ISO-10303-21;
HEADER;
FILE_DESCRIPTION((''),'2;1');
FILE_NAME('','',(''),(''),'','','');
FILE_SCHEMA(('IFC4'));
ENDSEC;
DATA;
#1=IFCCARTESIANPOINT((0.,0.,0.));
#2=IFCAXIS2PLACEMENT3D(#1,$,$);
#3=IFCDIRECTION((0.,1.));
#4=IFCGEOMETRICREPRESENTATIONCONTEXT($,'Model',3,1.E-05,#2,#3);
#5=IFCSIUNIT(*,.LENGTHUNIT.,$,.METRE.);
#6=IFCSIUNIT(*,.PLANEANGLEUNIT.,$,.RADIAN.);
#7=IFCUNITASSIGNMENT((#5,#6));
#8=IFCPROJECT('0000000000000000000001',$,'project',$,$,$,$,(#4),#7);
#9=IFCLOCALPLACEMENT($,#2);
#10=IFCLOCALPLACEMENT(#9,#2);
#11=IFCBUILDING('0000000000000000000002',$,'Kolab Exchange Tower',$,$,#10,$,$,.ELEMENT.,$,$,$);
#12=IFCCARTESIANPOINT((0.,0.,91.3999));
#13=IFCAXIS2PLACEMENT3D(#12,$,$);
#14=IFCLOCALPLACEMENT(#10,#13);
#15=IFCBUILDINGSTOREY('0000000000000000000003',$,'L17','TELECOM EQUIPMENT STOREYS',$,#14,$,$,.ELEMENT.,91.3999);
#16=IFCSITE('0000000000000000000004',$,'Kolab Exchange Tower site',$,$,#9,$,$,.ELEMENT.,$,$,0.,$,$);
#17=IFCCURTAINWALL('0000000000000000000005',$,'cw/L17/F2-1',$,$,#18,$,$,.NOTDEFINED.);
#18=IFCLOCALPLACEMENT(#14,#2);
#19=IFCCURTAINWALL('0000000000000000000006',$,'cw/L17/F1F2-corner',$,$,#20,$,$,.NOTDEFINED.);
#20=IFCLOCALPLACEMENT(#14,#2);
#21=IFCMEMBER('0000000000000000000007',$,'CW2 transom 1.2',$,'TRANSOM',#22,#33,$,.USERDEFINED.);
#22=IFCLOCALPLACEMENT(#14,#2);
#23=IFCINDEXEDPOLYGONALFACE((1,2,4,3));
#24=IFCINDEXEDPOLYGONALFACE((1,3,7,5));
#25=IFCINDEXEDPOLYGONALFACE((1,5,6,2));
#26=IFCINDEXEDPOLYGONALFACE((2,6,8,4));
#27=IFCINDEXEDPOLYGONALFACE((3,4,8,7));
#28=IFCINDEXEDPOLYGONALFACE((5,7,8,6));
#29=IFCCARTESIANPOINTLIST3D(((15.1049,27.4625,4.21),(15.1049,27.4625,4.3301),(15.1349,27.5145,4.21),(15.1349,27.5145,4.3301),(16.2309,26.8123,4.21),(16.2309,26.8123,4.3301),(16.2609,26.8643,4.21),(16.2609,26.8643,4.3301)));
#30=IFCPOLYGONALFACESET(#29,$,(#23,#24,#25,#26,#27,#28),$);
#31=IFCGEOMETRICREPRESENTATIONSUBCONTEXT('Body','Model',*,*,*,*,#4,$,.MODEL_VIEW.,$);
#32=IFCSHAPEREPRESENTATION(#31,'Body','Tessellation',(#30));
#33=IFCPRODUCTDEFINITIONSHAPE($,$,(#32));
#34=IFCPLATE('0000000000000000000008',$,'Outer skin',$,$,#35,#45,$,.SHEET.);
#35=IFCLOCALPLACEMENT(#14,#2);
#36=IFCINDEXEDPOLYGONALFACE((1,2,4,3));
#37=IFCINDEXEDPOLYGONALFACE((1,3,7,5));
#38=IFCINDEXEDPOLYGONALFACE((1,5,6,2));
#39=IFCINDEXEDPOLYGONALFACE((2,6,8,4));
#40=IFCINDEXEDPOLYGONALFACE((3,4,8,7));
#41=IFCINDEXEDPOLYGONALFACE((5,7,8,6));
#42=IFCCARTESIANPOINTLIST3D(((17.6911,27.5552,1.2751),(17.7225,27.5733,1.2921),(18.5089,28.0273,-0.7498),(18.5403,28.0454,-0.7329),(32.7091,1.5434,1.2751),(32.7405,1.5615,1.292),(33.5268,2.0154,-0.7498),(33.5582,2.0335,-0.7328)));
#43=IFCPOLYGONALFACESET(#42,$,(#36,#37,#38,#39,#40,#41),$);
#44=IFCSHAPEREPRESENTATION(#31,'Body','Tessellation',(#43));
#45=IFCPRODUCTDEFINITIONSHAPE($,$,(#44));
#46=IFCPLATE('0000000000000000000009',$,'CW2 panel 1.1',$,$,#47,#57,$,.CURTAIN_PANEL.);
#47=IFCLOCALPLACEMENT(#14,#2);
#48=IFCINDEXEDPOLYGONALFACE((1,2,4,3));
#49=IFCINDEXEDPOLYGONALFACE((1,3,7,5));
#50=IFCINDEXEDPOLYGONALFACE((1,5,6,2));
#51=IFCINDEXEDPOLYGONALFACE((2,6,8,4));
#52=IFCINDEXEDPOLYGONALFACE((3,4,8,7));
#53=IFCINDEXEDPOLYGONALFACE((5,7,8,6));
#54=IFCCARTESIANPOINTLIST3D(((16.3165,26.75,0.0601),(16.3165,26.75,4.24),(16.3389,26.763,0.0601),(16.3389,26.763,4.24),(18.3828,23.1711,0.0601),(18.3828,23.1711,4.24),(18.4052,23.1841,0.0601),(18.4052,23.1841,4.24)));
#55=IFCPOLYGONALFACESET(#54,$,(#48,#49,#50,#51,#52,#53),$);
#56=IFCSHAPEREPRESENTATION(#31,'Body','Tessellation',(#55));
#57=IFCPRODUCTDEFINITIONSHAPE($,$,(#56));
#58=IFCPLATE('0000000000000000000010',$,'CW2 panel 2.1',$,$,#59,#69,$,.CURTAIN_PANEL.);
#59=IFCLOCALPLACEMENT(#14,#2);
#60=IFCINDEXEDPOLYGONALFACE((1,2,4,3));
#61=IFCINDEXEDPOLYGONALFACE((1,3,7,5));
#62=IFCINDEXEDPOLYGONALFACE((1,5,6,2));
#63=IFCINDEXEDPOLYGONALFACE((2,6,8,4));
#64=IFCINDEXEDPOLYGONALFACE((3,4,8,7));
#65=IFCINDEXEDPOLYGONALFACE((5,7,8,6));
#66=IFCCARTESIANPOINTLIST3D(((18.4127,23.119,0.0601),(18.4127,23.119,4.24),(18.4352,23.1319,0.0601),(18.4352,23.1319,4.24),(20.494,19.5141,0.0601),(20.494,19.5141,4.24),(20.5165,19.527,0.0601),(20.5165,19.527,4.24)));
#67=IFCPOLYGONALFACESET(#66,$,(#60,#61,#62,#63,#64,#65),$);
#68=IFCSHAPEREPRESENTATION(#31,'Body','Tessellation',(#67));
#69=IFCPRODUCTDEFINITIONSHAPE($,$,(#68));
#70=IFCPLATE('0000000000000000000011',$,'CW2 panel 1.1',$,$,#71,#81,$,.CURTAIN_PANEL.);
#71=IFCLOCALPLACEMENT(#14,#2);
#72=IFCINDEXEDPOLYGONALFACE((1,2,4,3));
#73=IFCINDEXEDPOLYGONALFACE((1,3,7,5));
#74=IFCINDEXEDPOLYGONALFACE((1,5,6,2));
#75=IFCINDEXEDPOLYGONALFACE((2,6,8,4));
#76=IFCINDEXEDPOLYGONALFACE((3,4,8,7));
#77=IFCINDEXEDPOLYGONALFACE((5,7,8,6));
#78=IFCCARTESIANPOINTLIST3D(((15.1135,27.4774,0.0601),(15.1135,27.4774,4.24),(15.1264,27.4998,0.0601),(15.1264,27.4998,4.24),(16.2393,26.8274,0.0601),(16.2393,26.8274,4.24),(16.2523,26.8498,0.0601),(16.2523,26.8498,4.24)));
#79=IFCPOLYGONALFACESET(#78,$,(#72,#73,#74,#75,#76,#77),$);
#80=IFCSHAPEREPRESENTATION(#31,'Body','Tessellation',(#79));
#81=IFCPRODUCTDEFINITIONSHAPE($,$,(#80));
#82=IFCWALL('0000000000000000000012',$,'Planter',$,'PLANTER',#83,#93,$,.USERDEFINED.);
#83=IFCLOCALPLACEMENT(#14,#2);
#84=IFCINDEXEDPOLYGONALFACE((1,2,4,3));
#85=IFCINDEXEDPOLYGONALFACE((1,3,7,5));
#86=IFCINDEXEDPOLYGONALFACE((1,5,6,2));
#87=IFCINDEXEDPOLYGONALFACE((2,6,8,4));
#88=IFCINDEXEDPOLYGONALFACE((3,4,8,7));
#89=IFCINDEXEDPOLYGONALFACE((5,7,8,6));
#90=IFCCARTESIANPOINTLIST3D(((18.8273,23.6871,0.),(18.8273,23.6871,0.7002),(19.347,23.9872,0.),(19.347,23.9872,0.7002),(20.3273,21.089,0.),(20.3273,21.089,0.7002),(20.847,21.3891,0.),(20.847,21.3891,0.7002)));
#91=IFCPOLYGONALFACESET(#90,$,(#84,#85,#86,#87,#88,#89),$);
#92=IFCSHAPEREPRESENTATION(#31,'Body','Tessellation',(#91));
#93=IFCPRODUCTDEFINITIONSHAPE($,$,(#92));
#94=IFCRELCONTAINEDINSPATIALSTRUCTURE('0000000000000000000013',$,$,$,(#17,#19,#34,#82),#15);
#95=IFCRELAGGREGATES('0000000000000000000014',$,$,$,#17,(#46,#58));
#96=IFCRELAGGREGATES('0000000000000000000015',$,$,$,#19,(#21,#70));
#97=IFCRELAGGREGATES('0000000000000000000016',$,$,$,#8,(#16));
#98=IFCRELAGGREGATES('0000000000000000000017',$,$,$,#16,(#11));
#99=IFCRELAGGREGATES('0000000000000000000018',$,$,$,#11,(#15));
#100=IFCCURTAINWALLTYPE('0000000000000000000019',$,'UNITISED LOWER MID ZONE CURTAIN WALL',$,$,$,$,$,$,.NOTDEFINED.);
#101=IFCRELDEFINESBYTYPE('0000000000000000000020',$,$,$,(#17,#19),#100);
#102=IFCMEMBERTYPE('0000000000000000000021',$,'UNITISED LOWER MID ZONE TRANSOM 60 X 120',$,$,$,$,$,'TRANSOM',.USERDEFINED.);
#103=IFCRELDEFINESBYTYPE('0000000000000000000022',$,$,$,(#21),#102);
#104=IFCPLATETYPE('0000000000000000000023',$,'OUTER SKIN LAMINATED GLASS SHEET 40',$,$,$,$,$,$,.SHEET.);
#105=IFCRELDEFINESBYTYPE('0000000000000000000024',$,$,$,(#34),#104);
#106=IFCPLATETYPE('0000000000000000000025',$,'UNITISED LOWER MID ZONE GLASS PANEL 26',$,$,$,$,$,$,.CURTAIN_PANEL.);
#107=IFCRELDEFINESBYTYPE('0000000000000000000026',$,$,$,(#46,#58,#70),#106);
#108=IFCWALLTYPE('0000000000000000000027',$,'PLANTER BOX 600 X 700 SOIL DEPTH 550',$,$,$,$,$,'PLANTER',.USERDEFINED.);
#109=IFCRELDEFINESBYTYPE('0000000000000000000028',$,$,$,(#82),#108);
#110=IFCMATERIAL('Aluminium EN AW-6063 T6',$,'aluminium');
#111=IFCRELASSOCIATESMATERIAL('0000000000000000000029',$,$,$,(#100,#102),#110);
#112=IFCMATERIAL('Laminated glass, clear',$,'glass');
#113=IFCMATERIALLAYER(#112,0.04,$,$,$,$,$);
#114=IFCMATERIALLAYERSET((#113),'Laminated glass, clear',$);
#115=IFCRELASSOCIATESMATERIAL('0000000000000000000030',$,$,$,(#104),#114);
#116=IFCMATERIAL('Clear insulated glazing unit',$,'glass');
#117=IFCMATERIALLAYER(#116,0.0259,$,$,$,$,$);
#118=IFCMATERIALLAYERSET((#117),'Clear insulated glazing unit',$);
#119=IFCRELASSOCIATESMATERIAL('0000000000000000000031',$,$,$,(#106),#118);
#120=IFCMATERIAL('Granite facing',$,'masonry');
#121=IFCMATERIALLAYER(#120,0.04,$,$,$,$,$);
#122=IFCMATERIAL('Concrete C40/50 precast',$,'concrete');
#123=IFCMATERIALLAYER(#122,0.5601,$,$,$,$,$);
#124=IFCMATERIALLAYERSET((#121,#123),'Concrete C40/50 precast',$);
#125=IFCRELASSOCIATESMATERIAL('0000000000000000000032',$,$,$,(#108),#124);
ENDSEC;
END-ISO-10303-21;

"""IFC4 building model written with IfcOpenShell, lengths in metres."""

from ifc_helpers import new_model, si_unit, direction, frame, frame_2d, origin, origin_2d, place, context, subcontext, project, spatial, polyline, rectangle, outline, extrude, material, layer, layer_set, material_profile, profile_set, type_object, element, aggregate, save


model = new_model("IFC4")

# Units and contexts
model_context = context("Model", 3, precision=1e-05, world=origin(), true_north=direction((0.0, 1.0)))
body_context = subcontext(model_context, "Body", "Model", "MODEL_VIEW")
ifc_project = project(units=[si_unit("LENGTHUNIT", "METRE"), si_unit("PLANEANGLEUNIT", "RADIAN")], contexts=[model_context])

# Site, building, storey
site_placement = place(None, origin())
site = spatial("IfcSite", under=ifc_project, at=site_placement, Name="Kolab Exchange Tower site", CompositionType="ELEMENT", RefElevation=0.0)
building_placement = place(site_placement, origin())
building = spatial("IfcBuilding", under=site, at=building_placement, Name="Kolab Exchange Tower", CompositionType="ELEMENT")
storey_placement = place(building_placement, frame((0.0, 0.0, 91.3999)))
storey = spatial("IfcBuildingStorey", under=building, at=storey_placement, Name="L17", Description="TELECOM EQUIPMENT STOREYS", CompositionType="ELEMENT", Elevation=91.3999)

# Shared definitions
ifc_material_1 = material(Name="Aluminium EN AW-6063 T6", Category="aluminium")
curtain_wall_type = type_object("IfcCurtainWallType", Name="UNITISED LOWER MID ZONE CURTAIN WALL", PredefinedType="NOTDEFINED", material=ifc_material_1)

# Curtain walls
curtain_wall_1_placement = place(storey_placement, origin())
curtain_wall_1 = element("IfcCurtainWall", 1, at=curtain_wall_1_placement, inside=storey, type_object=curtain_wall_type, Name="cw/L17/F2-1", PredefinedType="NOTDEFINED")
curtain_wall_2_placement = place(storey_placement, origin())
curtain_wall_2 = element("IfcCurtainWall", 2, at=curtain_wall_2_placement, inside=storey, type_object=curtain_wall_type, Name="cw/L17/F1F2-corner", PredefinedType="NOTDEFINED")

# Member
ifc_material_profile_1 = material_profile(ifc_material_1, rectangle(XDim=0.0601, YDim=0.1201, at=origin_2d()), Name="RECT 60X120")
ifc_profile_set_1 = profile_set([ifc_material_profile_1], Name="Aluminium EN AW-6063 T6")
member_type_1 = type_object("IfcMemberType", Name="UNITISED LOWER MID ZONE TRANSOM 60 X 120", ElementType="TRANSOM", PredefinedType="USERDEFINED", material=ifc_profile_set_1)
member_1_placement = place(storey_placement, frame((15.1199, 27.4885, 4.27), z_axis=(0.866004, -0.500037, 0.0), x_axis=(0.500037, 0.866004, 0.0)))
member_1 = element("IfcMember", 3, at=member_1_placement, type_object=member_type_1, Name="CW2 transom 1.2", ObjectType="TRANSOM", PredefinedType="USERDEFINED", context=body_context, shape_type="SweptSolid", body=[
    extrude(rectangle(XDim=0.0601, YDim=0.1201, at=origin_2d()), origin(), (0.0, 0.0, 1.0), 1.3003),
])

# Plates
ifc_material_2 = material(Name="Laminated glass, clear", Category="glass")
ifc_layer_1 = layer(ifc_material_2, 0.04)
ifc_layer_set_1 = layer_set([ifc_layer_1], Name="Laminated glass, clear")
plate_type_1 = type_object("IfcPlateType", Name="OUTER SKIN LAMINATED GLASS SHEET 40", PredefinedType="SHEET", material=ifc_layer_set_1)
plate_1_placement = place(storey_placement, frame((18.5403, 28.0454, -0.7329), z_axis=(0.784887, 0.453155, 0.422613), x_axis=(0.499999, -0.866026, 0.000002)))
element("IfcPlate", 4, at=plate_1_placement, inside=storey, type_object=plate_type_1, Name="Outer skin", PredefinedType="SHEET", context=body_context, shape_type="SweptSolid", body=[
    extrude(outline(polyline([(0.0, 0.0), (30.0359, 0.0), (30.0358, -2.2342), (0.0, -2.2343), (0.0, 0.0)])), origin(), (0.0, 0.0, -1.0), 0.04),
])
ifc_material_3 = material(Name="Clear insulated glazing unit", Category="glass")
ifc_layer_2 = layer(ifc_material_3, 0.0259)
ifc_layer_set_2 = layer_set([ifc_layer_2], Name="Clear insulated glazing unit")
plate_type_2 = type_object("IfcPlateType", Name="UNITISED LOWER MID ZONE GLASS PANEL 26", PredefinedType="CURTAIN_PANEL", material=ifc_layer_set_2)
plate_2_placement = place(storey_placement, frame((17.3608, 24.967, 0.0601), z_axis=(0.0, 0.0, 1.0), x_axis=(0.5, -0.866025, 0.0)))
plate_2 = element("IfcPlate", 5, at=plate_2_placement, type_object=plate_type_2, Name="CW2 panel 1.1", PredefinedType="CURTAIN_PANEL", context=body_context, shape_type="SweptSolid", body=[
    extrude(rectangle(XDim=4.1326, YDim=0.0259, at=origin_2d()), origin(), (0.0, 0.0, 1.0), 4.1799),
])
plate_3_placement = place(storey_placement, frame((19.4646, 21.323, 0.0601), z_axis=(0.0, 0.0, 1.0), x_axis=(0.5, -0.866025, 0.0)))
plate_3 = element("IfcPlate", 6, at=plate_3_placement, type_object=plate_type_2, Name="CW2 panel 2.1", PredefinedType="CURTAIN_PANEL", context=body_context, shape_type="SweptSolid", body=[
    extrude(rectangle(XDim=4.1626, YDim=0.0259, at=origin_2d()), origin(), (0.0, 0.0, 1.0), 4.1799),
])
aggregate(curtain_wall_1, [plate_2, plate_3])
plate_4_placement = place(storey_placement, frame((15.6829, 27.1636, 0.0601), z_axis=(0.0, 0.0, 1.0), x_axis=(0.866025, -0.5, 0.0)))
plate_4 = element("IfcPlate", 7, at=plate_4_placement, type_object=plate_type_2, Name="CW2 panel 1.1", PredefinedType="CURTAIN_PANEL", context=body_context, shape_type="SweptSolid", body=[
    extrude(rectangle(XDim=1.3, YDim=0.0259, at=origin_2d()), origin(), (0.0, 0.0, 1.0), 4.1799),
])
aggregate(curtain_wall_2, [member_1, plate_4])

# Wall
ifc_material_4 = material(Name="Granite facing", Category="masonry")
ifc_layer_3 = layer(ifc_material_4, 0.04)
ifc_material_5 = material(Name="Concrete C40/50 precast", Category="concrete")
ifc_layer_4 = layer(ifc_material_5, 0.5601)
ifc_layer_set_3 = layer_set([ifc_layer_3, ifc_layer_4], Name="Concrete C40/50 precast")
wall_type = type_object("IfcWallType", Name="PLANTER BOX 600 X 700 SOIL DEPTH 550", ElementType="PLANTER", PredefinedType="USERDEFINED", material=ifc_layer_set_3)
wall_placement = place(storey_placement, frame((19.0872, 23.8372, 0.0), z_axis=(0.0, 0.0, 1.0), x_axis=(0.49999, -0.866031, 0.0)))
element("IfcWall", 8, at=wall_placement, inside=storey, type_object=wall_type, Name="Planter", ObjectType="PLANTER", PredefinedType="USERDEFINED", context=body_context, shape_type="SweptSolid", body=[
    extrude(rectangle(XDim=3.0, YDim=0.6001, at=frame_2d((1.5, 0.0))), origin(), (0.0, 0.0, 1.0), 0.7002),
])

save(model, "model.ifc")
